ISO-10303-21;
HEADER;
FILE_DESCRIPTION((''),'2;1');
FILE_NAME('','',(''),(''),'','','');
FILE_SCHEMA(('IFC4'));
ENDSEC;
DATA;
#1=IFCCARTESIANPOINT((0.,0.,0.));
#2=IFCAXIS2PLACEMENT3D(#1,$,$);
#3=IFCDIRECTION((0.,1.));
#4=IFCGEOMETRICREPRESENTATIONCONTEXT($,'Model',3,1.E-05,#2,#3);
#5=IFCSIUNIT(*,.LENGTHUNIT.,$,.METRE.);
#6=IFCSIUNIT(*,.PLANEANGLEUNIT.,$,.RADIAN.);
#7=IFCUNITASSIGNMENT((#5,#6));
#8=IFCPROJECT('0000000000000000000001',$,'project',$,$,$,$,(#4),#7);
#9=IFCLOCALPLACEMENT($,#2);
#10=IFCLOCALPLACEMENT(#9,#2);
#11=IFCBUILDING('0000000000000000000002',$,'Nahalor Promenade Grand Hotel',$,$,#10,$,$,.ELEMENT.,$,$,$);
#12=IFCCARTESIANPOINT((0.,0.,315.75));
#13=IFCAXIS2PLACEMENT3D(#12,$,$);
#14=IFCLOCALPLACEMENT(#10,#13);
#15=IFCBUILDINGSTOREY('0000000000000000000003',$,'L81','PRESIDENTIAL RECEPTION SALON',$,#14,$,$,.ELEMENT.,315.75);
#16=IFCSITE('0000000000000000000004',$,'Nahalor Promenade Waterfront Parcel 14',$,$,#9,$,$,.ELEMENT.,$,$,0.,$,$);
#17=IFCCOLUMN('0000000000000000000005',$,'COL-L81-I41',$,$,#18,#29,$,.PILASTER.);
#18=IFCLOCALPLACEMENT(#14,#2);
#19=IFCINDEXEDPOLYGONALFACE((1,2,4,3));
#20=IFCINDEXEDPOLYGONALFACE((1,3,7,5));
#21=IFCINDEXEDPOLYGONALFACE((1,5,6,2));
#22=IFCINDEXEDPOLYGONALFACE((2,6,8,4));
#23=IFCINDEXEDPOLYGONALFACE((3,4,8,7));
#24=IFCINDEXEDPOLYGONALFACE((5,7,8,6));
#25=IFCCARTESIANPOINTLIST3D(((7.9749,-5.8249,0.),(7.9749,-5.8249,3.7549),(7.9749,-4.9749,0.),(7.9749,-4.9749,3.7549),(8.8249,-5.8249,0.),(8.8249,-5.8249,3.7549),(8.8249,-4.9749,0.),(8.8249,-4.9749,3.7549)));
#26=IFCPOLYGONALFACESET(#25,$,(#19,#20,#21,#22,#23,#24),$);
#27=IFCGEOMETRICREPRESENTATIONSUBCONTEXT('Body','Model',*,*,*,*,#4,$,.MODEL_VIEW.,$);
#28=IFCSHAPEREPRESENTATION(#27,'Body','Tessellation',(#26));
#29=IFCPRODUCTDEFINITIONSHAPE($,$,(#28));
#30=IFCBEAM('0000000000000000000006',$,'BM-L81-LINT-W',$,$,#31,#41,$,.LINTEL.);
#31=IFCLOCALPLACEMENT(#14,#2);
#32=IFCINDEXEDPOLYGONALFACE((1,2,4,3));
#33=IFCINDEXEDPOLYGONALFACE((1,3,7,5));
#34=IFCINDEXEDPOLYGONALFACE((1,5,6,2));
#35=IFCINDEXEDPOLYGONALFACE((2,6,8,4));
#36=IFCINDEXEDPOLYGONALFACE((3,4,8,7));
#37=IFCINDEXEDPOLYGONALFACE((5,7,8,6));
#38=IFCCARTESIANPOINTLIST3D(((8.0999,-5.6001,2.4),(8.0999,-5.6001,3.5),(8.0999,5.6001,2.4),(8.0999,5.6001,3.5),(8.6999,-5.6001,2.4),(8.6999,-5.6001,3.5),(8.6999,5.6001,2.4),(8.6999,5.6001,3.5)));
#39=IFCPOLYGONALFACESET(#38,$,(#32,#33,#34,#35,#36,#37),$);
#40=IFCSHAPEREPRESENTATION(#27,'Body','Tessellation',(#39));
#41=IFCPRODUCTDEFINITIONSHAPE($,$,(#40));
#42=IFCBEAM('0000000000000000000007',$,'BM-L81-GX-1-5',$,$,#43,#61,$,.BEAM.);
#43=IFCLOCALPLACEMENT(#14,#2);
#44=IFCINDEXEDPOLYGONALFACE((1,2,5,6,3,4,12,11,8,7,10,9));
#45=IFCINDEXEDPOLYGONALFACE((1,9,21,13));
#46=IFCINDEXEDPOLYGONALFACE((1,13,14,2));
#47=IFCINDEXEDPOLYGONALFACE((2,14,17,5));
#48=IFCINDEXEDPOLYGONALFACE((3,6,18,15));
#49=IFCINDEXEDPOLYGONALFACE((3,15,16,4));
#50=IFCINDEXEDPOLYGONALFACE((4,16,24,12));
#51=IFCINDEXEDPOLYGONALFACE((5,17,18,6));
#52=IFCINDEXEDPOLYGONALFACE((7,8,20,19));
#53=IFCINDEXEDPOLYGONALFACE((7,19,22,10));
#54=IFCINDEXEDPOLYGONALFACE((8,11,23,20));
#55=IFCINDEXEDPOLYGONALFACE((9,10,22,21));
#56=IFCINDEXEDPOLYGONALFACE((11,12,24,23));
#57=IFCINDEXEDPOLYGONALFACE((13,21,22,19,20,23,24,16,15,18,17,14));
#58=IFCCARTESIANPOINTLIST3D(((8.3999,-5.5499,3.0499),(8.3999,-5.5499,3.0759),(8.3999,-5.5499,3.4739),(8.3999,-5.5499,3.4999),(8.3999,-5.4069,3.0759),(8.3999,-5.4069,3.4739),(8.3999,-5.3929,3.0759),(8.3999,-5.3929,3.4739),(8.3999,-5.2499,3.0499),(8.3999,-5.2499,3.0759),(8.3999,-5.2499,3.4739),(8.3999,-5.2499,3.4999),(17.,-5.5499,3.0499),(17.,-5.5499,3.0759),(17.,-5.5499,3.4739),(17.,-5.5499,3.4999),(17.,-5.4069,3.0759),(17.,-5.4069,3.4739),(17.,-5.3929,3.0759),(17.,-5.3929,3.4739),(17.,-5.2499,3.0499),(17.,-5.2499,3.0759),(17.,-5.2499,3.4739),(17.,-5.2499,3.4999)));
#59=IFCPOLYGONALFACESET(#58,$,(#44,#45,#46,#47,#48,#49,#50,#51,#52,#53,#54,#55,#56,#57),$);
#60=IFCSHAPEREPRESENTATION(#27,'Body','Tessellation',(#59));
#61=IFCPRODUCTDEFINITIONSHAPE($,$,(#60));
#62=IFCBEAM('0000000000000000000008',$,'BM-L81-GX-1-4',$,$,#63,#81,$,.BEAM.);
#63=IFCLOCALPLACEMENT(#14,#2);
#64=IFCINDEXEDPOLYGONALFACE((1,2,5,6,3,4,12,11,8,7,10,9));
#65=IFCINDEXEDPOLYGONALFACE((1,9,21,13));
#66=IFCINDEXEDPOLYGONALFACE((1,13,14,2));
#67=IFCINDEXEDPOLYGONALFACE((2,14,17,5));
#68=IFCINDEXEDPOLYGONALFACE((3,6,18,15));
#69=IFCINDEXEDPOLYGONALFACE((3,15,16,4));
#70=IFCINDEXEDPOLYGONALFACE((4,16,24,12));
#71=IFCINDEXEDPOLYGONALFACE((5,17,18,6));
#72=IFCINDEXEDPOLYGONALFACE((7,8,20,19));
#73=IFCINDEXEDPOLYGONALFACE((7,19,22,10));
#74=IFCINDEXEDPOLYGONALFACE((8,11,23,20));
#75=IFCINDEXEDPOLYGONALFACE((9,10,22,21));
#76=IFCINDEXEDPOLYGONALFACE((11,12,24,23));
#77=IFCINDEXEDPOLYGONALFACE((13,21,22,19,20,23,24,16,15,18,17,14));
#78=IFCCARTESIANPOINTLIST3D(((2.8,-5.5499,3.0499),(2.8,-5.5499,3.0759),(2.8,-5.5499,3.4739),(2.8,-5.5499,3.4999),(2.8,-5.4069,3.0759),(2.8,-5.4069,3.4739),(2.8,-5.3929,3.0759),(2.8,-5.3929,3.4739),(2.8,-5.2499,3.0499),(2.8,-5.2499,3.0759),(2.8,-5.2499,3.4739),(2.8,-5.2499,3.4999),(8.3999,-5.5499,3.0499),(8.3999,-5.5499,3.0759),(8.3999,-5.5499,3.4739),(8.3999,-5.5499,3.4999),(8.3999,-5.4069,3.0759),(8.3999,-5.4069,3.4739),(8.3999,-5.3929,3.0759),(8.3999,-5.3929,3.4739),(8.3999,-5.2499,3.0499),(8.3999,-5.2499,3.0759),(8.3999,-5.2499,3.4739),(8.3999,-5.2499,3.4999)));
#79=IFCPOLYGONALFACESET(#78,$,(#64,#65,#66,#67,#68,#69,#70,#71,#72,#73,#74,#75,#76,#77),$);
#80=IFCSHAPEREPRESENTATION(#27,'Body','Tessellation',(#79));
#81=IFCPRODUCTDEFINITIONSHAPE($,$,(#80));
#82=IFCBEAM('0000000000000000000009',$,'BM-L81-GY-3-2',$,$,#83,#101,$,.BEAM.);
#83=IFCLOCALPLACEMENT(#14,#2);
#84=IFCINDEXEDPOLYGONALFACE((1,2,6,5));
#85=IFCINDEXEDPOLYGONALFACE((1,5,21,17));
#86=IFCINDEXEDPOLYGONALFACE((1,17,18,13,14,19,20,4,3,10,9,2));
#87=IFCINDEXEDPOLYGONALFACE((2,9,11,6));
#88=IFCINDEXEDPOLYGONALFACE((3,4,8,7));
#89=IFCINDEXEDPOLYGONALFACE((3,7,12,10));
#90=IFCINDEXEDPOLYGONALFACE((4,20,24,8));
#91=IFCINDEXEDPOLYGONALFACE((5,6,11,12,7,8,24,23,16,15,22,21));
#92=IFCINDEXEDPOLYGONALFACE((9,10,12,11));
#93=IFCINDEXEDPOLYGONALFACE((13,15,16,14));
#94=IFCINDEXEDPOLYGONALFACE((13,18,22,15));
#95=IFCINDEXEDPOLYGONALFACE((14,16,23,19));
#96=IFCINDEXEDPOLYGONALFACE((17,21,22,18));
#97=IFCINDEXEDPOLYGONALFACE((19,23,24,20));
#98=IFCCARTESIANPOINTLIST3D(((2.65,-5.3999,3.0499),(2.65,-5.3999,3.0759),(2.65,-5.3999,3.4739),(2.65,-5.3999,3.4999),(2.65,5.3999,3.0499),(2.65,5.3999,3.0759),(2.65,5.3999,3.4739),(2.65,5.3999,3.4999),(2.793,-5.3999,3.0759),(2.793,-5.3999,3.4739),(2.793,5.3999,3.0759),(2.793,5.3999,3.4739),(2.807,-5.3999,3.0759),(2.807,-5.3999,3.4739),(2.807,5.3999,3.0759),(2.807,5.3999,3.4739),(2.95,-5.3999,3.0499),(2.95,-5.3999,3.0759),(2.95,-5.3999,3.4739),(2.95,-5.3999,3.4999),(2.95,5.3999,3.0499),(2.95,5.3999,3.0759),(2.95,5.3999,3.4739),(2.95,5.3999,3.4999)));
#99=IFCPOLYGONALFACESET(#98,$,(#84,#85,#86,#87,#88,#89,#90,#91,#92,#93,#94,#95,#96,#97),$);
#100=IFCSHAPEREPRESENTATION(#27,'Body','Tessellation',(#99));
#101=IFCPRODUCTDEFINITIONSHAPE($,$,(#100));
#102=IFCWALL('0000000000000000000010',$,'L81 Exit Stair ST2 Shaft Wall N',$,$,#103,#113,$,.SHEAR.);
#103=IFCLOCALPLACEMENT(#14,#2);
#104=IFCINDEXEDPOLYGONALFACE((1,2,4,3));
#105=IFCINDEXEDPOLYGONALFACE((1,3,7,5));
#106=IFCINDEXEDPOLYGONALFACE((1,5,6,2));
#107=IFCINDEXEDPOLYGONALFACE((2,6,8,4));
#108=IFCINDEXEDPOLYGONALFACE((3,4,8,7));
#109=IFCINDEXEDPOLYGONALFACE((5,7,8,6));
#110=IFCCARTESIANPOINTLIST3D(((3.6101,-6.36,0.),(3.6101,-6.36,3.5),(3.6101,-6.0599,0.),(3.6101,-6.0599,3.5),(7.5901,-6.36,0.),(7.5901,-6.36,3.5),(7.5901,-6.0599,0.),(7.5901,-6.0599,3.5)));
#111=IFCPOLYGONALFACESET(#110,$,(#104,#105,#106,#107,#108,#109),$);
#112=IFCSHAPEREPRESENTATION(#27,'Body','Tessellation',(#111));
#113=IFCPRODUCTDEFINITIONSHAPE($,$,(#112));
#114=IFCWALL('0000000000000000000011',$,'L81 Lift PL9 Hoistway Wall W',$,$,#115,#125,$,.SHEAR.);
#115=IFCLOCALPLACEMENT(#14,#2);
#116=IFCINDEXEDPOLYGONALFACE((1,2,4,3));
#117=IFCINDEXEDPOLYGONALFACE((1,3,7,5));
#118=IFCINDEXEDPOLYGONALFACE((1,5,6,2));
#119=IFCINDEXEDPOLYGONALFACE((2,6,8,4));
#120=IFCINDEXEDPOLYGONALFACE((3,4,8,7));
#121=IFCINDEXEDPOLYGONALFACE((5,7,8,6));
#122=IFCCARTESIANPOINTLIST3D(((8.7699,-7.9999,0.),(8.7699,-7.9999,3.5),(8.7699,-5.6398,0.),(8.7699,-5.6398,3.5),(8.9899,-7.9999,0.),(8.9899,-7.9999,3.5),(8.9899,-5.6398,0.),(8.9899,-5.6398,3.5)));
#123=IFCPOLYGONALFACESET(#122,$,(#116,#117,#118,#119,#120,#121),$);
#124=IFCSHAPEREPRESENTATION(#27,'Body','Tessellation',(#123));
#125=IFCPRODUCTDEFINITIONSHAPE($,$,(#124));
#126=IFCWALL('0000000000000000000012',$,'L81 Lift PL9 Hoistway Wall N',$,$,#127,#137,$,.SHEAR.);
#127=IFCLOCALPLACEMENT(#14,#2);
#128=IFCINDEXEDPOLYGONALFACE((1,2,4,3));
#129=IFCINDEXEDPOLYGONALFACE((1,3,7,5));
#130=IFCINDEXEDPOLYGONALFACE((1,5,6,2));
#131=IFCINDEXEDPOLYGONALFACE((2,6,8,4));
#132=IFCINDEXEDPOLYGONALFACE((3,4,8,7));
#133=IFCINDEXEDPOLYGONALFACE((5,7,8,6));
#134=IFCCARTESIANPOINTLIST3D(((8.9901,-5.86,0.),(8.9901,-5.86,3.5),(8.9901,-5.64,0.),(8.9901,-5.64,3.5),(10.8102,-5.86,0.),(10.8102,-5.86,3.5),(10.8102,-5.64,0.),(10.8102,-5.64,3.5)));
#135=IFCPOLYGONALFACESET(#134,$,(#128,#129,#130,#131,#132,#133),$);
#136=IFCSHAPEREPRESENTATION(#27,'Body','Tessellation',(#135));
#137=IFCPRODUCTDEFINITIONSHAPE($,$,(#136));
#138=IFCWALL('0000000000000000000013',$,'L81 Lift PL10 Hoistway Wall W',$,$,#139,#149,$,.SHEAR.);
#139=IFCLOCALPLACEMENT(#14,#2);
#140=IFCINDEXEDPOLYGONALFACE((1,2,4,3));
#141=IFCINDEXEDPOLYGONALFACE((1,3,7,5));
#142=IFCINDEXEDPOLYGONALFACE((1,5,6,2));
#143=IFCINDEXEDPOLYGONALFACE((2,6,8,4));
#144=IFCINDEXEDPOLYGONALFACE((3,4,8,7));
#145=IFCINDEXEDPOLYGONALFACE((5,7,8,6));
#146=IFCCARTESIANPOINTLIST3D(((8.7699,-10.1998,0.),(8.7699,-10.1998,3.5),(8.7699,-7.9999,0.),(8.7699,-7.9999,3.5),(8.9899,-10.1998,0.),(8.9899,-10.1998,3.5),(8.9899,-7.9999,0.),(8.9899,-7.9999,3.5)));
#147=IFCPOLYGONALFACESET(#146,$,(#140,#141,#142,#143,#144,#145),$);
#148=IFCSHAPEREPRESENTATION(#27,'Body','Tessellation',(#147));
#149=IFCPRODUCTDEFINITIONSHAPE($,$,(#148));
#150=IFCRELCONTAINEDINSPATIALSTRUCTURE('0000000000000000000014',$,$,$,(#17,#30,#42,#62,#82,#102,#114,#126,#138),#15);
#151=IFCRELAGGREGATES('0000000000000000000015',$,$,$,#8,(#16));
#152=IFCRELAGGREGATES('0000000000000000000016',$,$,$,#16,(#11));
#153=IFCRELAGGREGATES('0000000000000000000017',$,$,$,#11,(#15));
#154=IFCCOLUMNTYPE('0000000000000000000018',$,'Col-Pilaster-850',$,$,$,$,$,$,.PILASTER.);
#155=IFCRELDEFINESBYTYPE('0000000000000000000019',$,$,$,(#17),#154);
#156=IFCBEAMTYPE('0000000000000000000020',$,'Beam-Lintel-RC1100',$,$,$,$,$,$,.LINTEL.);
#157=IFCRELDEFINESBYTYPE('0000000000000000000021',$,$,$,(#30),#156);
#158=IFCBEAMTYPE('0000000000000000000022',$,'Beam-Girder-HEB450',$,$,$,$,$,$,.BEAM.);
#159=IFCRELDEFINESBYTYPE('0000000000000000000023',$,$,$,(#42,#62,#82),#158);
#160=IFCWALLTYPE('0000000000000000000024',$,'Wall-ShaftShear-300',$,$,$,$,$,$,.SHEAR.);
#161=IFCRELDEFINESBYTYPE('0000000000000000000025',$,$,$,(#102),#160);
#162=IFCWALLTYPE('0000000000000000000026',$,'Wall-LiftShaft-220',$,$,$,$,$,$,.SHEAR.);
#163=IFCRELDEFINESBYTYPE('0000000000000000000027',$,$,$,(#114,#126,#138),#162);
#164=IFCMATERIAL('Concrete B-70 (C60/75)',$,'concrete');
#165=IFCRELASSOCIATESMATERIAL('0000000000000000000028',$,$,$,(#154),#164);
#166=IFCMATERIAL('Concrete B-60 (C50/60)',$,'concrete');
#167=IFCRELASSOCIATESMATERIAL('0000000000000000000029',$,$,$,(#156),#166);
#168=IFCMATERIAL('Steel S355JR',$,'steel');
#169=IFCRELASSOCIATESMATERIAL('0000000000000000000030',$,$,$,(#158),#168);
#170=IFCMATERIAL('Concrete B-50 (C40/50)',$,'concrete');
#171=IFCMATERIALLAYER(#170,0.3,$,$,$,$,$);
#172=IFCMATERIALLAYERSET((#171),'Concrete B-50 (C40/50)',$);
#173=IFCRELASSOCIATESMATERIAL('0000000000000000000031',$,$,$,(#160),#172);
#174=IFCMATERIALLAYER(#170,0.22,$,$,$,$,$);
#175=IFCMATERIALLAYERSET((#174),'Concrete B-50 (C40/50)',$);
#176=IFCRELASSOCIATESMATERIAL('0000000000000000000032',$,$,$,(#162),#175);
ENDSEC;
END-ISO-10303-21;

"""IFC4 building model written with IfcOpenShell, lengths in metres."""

from ifc_helpers import new_model, si_unit, direction, frame, frame_2d, origin, origin_2d, place, context, subcontext, project, spatial, rectangle, i_section, extrude, source, transform, mapped, material, layer, layer_set, material_profile, profile_set, type_object, element, save


model = new_model("IFC4")

# Units and contexts
model_context = context("Model", 3, precision=1e-05, world=origin(), true_north=direction((0.0, 1.0)))
body_context = subcontext(model_context, "Body", "Model", "MODEL_VIEW")
ifc_project = project(units=[si_unit("LENGTHUNIT", "METRE"), si_unit("PLANEANGLEUNIT", "RADIAN")], contexts=[model_context])

# Site, building, storey
site_placement = place(None, origin())
site = spatial("IfcSite", under=ifc_project, at=site_placement, Name="Nahalor Promenade Waterfront Parcel 14", CompositionType="ELEMENT", RefElevation=0.0)
building_placement = place(site_placement, origin())
building = spatial("IfcBuilding", under=site, at=building_placement, Name="Nahalor Promenade Grand Hotel", CompositionType="ELEMENT")
storey_placement = place(building_placement, frame((0.0, 0.0, 315.75)))
storey = spatial("IfcBuildingStorey", under=building, at=storey_placement, Name="L81", Description="PRESIDENTIAL RECEPTION SALON", CompositionType="ELEMENT", Elevation=315.75)

# Column
ifc_material_1 = material(Name="Concrete B-70 (C60/75)", Category="concrete")
ifc_material_profile_1 = material_profile(ifc_material_1, rectangle(XDim=0.85, YDim=0.85, at=origin_2d()), Name="RC 850x850")
ifc_profile_set_1 = profile_set([ifc_material_profile_1], Name="Concrete B-70 (C60/75)")
column_type = type_object("IfcColumnType", Name="Col-Pilaster-850", PredefinedType="PILASTER", material=ifc_profile_set_1)
shared_shape_1 = source(origin(), body_context, "Body", "SweptSolid", [
    extrude(rectangle(XDim=0.85, YDim=0.85, at=origin_2d()), origin(), (0.0, 0.0, 1.0), 3.7549),
])
column_placement = place(storey_placement, frame((8.3999, -5.3999, 0.0), z_axis=(0.0, 0.0, 1.0), x_axis=(1.0, 0.0, 0.0)))
element("IfcColumn", 1, at=column_placement, inside=storey, type_object=column_type, Name="COL-L81-I41", PredefinedType="PILASTER", context=body_context, shape_type="MappedRepresentation", body=[
    mapped(shared_shape_1, transform((0.0, 0.0, 0.0), scale=1.0)),
])

# Beams
ifc_material_2 = material(Name="Concrete B-60 (C50/60)", Category="concrete")
ifc_material_profile_2 = material_profile(ifc_material_2, rectangle(XDim=0.6, YDim=1.1, at=origin_2d()), Name="RC 600x1100")
ifc_profile_set_2 = profile_set([ifc_material_profile_2], Name="Concrete B-60 (C50/60)")
beam_type_1 = type_object("IfcBeamType", Name="Beam-Lintel-RC1100", PredefinedType="LINTEL", material=ifc_profile_set_2)
shared_shape_2 = source(origin(), body_context, "Body", "SweptSolid", [
    extrude(rectangle(XDim=0.6, YDim=1.1, at=origin_2d()), origin(), (0.0, 0.0, 1.0), 11.2002),
])
beam_1_placement = place(storey_placement, frame((8.3999, -5.6001, 2.95), z_axis=(0.0, 1.0, 0.0), x_axis=(-1.0, 0.0, 0.0)))
element("IfcBeam", 2, at=beam_1_placement, inside=storey, type_object=beam_type_1, Name="BM-L81-LINT-W", PredefinedType="LINTEL", context=body_context, shape_type="MappedRepresentation", body=[
    mapped(shared_shape_2, transform((0.0, 0.0, 0.0), scale=1.0)),
])
ifc_material_3 = material(Name="Steel S355JR", Category="steel")
ifc_material_profile_3 = material_profile(ifc_material_3, i_section(OverallWidth=0.3, OverallDepth=0.45, WebThickness=0.014, FlangeThickness=0.026, at=origin_2d()), Name="HEB 450")
ifc_profile_set_3 = profile_set([ifc_material_profile_3], Name="Steel S355JR")
beam_type_2 = type_object("IfcBeamType", Name="Beam-Girder-HEB450", PredefinedType="BEAM", material=ifc_profile_set_3)
shared_shape_3 = source(origin(), body_context, "Body", "SweptSolid", [
    extrude(i_section(OverallWidth=0.3, OverallDepth=0.45, WebThickness=0.014, FlangeThickness=0.026, at=origin_2d()), origin(), (0.0, 0.0, 1.0), 8.6001),
])
beam_2_placement = place(storey_placement, frame((8.3999, -5.3999, 3.2749), z_axis=(1.0, 0.0, 0.0), x_axis=(0.0, 1.0, 0.0)))
element("IfcBeam", 3, at=beam_2_placement, inside=storey, type_object=beam_type_2, Name="BM-L81-GX-1-5", PredefinedType="BEAM", context=body_context, shape_type="MappedRepresentation", body=[
    mapped(shared_shape_3, transform((0.0, 0.0, 0.0), scale=1.0)),
])
shared_shape_4 = source(origin(), body_context, "Body", "SweptSolid", [
    extrude(i_section(OverallWidth=0.3, OverallDepth=0.45, WebThickness=0.014, FlangeThickness=0.026, at=origin_2d()), origin(), (0.0, 0.0, 1.0), 5.5999),
])
beam_3_placement = place(storey_placement, frame((2.8, -5.3999, 3.2749), z_axis=(1.0, 0.0, 0.0), x_axis=(0.0, 1.0, 0.0)))
element("IfcBeam", 4, at=beam_3_placement, inside=storey, type_object=beam_type_2, Name="BM-L81-GX-1-4", PredefinedType="BEAM", context=body_context, shape_type="MappedRepresentation", body=[
    mapped(shared_shape_4, transform((0.0, 0.0, 0.0), scale=1.0)),
])
shared_shape_5 = source(origin(), body_context, "Body", "SweptSolid", [
    extrude(i_section(OverallWidth=0.3, OverallDepth=0.45, WebThickness=0.014, FlangeThickness=0.026, at=origin_2d()), origin(), (0.0, 0.0, 1.0), 10.7998),
])
beam_4_placement = place(storey_placement, frame((2.8, -5.3999, 3.2749), z_axis=(0.0, 1.0, 0.0), x_axis=(-1.0, 0.0, 0.0)))
element("IfcBeam", 5, at=beam_4_placement, inside=storey, type_object=beam_type_2, Name="BM-L81-GY-3-2", PredefinedType="BEAM", context=body_context, shape_type="MappedRepresentation", body=[
    mapped(shared_shape_5, transform((0.0, 0.0, 0.0), scale=1.0)),
])

# Walls
ifc_material_4 = material(Name="Concrete B-50 (C40/50)", Category="concrete")
ifc_layer_1 = layer(ifc_material_4, 0.3)
ifc_layer_set_1 = layer_set([ifc_layer_1], Name="Concrete B-50 (C40/50)")
wall_type_1 = type_object("IfcWallType", Name="Wall-ShaftShear-300", PredefinedType="SHEAR", material=ifc_layer_set_1)
shared_shape_6 = source(origin(), body_context, "Body", "SweptSolid", [
    extrude(rectangle(XDim=3.98, YDim=0.3, at=frame_2d((1.99, 0.0))), origin(), (0.0, 0.0, 1.0), 3.5),
])
wall_1_placement = place(storey_placement, frame((3.6101, -6.21, 0.0), z_axis=(0.0, 0.0, 1.0), x_axis=(1.0, 0.0, 0.0)))
element("IfcWall", 6, at=wall_1_placement, inside=storey, type_object=wall_type_1, Name="L81 Exit Stair ST2 Shaft Wall N", PredefinedType="SHEAR", context=body_context, shape_type="MappedRepresentation", body=[
    mapped(shared_shape_6, transform((0.0, 0.0, 0.0), scale=1.0)),
])
ifc_layer_2 = layer(ifc_material_4, 0.22)
ifc_layer_set_2 = layer_set([ifc_layer_2], Name="Concrete B-50 (C40/50)")
wall_type_2 = type_object("IfcWallType", Name="Wall-LiftShaft-220", PredefinedType="SHEAR", material=ifc_layer_set_2)
shared_shape_7 = source(origin(), body_context, "Body", "SweptSolid", [
    extrude(rectangle(XDim=2.3601, YDim=0.22, at=frame_2d((1.1802, 0.0))), origin(), (0.0, 0.0, 1.0), 3.5),
])
wall_2_placement = place(storey_placement, frame((8.8799, -8.0, 0.0), z_axis=(0.0, 0.0, 1.0), x_axis=(0.0, 1.0, 0.0)))
element("IfcWall", 7, at=wall_2_placement, inside=storey, type_object=wall_type_2, Name="L81 Lift PL9 Hoistway Wall W", PredefinedType="SHEAR", context=body_context, shape_type="MappedRepresentation", body=[
    mapped(shared_shape_7, transform((0.0, 0.0, 0.0), scale=1.0)),
])
shared_shape_8 = source(origin(), body_context, "Body", "SweptSolid", [
    extrude(rectangle(XDim=1.8201, YDim=0.22, at=frame_2d((0.9102, 0.0))), origin(), (0.0, 0.0, 1.0), 3.5),
])
wall_3_placement = place(storey_placement, frame((8.99, -5.75, 0.0), z_axis=(0.0, 0.0, 1.0), x_axis=(1.0, 0.0, 0.0)))
element("IfcWall", 8, at=wall_3_placement, inside=storey, type_object=wall_type_2, Name="L81 Lift PL9 Hoistway Wall N", PredefinedType="SHEAR", context=body_context, shape_type="MappedRepresentation", body=[
    mapped(shared_shape_8, transform((0.0, 0.0, 0.0), scale=1.0)),
])
shared_shape_9 = source(origin(), body_context, "Body", "SweptSolid", [
    extrude(rectangle(XDim=2.2, YDim=0.22, at=frame_2d((1.1001, 0.0))), origin(), (0.0, 0.0, 1.0), 3.5),
])
wall_4_placement = place(storey_placement, frame((8.8799, -10.2, 0.0), z_axis=(0.0, 0.0, 1.0), x_axis=(0.0, 1.0, 0.0)))
element("IfcWall", 9, at=wall_4_placement, inside=storey, type_object=wall_type_2, Name="L81 Lift PL10 Hoistway Wall W", PredefinedType="SHEAR", context=body_context, shape_type="MappedRepresentation", body=[
    mapped(shared_shape_9, transform((0.0, 0.0, 0.0), scale=1.0)),
])

save(model, "model.ifc")
